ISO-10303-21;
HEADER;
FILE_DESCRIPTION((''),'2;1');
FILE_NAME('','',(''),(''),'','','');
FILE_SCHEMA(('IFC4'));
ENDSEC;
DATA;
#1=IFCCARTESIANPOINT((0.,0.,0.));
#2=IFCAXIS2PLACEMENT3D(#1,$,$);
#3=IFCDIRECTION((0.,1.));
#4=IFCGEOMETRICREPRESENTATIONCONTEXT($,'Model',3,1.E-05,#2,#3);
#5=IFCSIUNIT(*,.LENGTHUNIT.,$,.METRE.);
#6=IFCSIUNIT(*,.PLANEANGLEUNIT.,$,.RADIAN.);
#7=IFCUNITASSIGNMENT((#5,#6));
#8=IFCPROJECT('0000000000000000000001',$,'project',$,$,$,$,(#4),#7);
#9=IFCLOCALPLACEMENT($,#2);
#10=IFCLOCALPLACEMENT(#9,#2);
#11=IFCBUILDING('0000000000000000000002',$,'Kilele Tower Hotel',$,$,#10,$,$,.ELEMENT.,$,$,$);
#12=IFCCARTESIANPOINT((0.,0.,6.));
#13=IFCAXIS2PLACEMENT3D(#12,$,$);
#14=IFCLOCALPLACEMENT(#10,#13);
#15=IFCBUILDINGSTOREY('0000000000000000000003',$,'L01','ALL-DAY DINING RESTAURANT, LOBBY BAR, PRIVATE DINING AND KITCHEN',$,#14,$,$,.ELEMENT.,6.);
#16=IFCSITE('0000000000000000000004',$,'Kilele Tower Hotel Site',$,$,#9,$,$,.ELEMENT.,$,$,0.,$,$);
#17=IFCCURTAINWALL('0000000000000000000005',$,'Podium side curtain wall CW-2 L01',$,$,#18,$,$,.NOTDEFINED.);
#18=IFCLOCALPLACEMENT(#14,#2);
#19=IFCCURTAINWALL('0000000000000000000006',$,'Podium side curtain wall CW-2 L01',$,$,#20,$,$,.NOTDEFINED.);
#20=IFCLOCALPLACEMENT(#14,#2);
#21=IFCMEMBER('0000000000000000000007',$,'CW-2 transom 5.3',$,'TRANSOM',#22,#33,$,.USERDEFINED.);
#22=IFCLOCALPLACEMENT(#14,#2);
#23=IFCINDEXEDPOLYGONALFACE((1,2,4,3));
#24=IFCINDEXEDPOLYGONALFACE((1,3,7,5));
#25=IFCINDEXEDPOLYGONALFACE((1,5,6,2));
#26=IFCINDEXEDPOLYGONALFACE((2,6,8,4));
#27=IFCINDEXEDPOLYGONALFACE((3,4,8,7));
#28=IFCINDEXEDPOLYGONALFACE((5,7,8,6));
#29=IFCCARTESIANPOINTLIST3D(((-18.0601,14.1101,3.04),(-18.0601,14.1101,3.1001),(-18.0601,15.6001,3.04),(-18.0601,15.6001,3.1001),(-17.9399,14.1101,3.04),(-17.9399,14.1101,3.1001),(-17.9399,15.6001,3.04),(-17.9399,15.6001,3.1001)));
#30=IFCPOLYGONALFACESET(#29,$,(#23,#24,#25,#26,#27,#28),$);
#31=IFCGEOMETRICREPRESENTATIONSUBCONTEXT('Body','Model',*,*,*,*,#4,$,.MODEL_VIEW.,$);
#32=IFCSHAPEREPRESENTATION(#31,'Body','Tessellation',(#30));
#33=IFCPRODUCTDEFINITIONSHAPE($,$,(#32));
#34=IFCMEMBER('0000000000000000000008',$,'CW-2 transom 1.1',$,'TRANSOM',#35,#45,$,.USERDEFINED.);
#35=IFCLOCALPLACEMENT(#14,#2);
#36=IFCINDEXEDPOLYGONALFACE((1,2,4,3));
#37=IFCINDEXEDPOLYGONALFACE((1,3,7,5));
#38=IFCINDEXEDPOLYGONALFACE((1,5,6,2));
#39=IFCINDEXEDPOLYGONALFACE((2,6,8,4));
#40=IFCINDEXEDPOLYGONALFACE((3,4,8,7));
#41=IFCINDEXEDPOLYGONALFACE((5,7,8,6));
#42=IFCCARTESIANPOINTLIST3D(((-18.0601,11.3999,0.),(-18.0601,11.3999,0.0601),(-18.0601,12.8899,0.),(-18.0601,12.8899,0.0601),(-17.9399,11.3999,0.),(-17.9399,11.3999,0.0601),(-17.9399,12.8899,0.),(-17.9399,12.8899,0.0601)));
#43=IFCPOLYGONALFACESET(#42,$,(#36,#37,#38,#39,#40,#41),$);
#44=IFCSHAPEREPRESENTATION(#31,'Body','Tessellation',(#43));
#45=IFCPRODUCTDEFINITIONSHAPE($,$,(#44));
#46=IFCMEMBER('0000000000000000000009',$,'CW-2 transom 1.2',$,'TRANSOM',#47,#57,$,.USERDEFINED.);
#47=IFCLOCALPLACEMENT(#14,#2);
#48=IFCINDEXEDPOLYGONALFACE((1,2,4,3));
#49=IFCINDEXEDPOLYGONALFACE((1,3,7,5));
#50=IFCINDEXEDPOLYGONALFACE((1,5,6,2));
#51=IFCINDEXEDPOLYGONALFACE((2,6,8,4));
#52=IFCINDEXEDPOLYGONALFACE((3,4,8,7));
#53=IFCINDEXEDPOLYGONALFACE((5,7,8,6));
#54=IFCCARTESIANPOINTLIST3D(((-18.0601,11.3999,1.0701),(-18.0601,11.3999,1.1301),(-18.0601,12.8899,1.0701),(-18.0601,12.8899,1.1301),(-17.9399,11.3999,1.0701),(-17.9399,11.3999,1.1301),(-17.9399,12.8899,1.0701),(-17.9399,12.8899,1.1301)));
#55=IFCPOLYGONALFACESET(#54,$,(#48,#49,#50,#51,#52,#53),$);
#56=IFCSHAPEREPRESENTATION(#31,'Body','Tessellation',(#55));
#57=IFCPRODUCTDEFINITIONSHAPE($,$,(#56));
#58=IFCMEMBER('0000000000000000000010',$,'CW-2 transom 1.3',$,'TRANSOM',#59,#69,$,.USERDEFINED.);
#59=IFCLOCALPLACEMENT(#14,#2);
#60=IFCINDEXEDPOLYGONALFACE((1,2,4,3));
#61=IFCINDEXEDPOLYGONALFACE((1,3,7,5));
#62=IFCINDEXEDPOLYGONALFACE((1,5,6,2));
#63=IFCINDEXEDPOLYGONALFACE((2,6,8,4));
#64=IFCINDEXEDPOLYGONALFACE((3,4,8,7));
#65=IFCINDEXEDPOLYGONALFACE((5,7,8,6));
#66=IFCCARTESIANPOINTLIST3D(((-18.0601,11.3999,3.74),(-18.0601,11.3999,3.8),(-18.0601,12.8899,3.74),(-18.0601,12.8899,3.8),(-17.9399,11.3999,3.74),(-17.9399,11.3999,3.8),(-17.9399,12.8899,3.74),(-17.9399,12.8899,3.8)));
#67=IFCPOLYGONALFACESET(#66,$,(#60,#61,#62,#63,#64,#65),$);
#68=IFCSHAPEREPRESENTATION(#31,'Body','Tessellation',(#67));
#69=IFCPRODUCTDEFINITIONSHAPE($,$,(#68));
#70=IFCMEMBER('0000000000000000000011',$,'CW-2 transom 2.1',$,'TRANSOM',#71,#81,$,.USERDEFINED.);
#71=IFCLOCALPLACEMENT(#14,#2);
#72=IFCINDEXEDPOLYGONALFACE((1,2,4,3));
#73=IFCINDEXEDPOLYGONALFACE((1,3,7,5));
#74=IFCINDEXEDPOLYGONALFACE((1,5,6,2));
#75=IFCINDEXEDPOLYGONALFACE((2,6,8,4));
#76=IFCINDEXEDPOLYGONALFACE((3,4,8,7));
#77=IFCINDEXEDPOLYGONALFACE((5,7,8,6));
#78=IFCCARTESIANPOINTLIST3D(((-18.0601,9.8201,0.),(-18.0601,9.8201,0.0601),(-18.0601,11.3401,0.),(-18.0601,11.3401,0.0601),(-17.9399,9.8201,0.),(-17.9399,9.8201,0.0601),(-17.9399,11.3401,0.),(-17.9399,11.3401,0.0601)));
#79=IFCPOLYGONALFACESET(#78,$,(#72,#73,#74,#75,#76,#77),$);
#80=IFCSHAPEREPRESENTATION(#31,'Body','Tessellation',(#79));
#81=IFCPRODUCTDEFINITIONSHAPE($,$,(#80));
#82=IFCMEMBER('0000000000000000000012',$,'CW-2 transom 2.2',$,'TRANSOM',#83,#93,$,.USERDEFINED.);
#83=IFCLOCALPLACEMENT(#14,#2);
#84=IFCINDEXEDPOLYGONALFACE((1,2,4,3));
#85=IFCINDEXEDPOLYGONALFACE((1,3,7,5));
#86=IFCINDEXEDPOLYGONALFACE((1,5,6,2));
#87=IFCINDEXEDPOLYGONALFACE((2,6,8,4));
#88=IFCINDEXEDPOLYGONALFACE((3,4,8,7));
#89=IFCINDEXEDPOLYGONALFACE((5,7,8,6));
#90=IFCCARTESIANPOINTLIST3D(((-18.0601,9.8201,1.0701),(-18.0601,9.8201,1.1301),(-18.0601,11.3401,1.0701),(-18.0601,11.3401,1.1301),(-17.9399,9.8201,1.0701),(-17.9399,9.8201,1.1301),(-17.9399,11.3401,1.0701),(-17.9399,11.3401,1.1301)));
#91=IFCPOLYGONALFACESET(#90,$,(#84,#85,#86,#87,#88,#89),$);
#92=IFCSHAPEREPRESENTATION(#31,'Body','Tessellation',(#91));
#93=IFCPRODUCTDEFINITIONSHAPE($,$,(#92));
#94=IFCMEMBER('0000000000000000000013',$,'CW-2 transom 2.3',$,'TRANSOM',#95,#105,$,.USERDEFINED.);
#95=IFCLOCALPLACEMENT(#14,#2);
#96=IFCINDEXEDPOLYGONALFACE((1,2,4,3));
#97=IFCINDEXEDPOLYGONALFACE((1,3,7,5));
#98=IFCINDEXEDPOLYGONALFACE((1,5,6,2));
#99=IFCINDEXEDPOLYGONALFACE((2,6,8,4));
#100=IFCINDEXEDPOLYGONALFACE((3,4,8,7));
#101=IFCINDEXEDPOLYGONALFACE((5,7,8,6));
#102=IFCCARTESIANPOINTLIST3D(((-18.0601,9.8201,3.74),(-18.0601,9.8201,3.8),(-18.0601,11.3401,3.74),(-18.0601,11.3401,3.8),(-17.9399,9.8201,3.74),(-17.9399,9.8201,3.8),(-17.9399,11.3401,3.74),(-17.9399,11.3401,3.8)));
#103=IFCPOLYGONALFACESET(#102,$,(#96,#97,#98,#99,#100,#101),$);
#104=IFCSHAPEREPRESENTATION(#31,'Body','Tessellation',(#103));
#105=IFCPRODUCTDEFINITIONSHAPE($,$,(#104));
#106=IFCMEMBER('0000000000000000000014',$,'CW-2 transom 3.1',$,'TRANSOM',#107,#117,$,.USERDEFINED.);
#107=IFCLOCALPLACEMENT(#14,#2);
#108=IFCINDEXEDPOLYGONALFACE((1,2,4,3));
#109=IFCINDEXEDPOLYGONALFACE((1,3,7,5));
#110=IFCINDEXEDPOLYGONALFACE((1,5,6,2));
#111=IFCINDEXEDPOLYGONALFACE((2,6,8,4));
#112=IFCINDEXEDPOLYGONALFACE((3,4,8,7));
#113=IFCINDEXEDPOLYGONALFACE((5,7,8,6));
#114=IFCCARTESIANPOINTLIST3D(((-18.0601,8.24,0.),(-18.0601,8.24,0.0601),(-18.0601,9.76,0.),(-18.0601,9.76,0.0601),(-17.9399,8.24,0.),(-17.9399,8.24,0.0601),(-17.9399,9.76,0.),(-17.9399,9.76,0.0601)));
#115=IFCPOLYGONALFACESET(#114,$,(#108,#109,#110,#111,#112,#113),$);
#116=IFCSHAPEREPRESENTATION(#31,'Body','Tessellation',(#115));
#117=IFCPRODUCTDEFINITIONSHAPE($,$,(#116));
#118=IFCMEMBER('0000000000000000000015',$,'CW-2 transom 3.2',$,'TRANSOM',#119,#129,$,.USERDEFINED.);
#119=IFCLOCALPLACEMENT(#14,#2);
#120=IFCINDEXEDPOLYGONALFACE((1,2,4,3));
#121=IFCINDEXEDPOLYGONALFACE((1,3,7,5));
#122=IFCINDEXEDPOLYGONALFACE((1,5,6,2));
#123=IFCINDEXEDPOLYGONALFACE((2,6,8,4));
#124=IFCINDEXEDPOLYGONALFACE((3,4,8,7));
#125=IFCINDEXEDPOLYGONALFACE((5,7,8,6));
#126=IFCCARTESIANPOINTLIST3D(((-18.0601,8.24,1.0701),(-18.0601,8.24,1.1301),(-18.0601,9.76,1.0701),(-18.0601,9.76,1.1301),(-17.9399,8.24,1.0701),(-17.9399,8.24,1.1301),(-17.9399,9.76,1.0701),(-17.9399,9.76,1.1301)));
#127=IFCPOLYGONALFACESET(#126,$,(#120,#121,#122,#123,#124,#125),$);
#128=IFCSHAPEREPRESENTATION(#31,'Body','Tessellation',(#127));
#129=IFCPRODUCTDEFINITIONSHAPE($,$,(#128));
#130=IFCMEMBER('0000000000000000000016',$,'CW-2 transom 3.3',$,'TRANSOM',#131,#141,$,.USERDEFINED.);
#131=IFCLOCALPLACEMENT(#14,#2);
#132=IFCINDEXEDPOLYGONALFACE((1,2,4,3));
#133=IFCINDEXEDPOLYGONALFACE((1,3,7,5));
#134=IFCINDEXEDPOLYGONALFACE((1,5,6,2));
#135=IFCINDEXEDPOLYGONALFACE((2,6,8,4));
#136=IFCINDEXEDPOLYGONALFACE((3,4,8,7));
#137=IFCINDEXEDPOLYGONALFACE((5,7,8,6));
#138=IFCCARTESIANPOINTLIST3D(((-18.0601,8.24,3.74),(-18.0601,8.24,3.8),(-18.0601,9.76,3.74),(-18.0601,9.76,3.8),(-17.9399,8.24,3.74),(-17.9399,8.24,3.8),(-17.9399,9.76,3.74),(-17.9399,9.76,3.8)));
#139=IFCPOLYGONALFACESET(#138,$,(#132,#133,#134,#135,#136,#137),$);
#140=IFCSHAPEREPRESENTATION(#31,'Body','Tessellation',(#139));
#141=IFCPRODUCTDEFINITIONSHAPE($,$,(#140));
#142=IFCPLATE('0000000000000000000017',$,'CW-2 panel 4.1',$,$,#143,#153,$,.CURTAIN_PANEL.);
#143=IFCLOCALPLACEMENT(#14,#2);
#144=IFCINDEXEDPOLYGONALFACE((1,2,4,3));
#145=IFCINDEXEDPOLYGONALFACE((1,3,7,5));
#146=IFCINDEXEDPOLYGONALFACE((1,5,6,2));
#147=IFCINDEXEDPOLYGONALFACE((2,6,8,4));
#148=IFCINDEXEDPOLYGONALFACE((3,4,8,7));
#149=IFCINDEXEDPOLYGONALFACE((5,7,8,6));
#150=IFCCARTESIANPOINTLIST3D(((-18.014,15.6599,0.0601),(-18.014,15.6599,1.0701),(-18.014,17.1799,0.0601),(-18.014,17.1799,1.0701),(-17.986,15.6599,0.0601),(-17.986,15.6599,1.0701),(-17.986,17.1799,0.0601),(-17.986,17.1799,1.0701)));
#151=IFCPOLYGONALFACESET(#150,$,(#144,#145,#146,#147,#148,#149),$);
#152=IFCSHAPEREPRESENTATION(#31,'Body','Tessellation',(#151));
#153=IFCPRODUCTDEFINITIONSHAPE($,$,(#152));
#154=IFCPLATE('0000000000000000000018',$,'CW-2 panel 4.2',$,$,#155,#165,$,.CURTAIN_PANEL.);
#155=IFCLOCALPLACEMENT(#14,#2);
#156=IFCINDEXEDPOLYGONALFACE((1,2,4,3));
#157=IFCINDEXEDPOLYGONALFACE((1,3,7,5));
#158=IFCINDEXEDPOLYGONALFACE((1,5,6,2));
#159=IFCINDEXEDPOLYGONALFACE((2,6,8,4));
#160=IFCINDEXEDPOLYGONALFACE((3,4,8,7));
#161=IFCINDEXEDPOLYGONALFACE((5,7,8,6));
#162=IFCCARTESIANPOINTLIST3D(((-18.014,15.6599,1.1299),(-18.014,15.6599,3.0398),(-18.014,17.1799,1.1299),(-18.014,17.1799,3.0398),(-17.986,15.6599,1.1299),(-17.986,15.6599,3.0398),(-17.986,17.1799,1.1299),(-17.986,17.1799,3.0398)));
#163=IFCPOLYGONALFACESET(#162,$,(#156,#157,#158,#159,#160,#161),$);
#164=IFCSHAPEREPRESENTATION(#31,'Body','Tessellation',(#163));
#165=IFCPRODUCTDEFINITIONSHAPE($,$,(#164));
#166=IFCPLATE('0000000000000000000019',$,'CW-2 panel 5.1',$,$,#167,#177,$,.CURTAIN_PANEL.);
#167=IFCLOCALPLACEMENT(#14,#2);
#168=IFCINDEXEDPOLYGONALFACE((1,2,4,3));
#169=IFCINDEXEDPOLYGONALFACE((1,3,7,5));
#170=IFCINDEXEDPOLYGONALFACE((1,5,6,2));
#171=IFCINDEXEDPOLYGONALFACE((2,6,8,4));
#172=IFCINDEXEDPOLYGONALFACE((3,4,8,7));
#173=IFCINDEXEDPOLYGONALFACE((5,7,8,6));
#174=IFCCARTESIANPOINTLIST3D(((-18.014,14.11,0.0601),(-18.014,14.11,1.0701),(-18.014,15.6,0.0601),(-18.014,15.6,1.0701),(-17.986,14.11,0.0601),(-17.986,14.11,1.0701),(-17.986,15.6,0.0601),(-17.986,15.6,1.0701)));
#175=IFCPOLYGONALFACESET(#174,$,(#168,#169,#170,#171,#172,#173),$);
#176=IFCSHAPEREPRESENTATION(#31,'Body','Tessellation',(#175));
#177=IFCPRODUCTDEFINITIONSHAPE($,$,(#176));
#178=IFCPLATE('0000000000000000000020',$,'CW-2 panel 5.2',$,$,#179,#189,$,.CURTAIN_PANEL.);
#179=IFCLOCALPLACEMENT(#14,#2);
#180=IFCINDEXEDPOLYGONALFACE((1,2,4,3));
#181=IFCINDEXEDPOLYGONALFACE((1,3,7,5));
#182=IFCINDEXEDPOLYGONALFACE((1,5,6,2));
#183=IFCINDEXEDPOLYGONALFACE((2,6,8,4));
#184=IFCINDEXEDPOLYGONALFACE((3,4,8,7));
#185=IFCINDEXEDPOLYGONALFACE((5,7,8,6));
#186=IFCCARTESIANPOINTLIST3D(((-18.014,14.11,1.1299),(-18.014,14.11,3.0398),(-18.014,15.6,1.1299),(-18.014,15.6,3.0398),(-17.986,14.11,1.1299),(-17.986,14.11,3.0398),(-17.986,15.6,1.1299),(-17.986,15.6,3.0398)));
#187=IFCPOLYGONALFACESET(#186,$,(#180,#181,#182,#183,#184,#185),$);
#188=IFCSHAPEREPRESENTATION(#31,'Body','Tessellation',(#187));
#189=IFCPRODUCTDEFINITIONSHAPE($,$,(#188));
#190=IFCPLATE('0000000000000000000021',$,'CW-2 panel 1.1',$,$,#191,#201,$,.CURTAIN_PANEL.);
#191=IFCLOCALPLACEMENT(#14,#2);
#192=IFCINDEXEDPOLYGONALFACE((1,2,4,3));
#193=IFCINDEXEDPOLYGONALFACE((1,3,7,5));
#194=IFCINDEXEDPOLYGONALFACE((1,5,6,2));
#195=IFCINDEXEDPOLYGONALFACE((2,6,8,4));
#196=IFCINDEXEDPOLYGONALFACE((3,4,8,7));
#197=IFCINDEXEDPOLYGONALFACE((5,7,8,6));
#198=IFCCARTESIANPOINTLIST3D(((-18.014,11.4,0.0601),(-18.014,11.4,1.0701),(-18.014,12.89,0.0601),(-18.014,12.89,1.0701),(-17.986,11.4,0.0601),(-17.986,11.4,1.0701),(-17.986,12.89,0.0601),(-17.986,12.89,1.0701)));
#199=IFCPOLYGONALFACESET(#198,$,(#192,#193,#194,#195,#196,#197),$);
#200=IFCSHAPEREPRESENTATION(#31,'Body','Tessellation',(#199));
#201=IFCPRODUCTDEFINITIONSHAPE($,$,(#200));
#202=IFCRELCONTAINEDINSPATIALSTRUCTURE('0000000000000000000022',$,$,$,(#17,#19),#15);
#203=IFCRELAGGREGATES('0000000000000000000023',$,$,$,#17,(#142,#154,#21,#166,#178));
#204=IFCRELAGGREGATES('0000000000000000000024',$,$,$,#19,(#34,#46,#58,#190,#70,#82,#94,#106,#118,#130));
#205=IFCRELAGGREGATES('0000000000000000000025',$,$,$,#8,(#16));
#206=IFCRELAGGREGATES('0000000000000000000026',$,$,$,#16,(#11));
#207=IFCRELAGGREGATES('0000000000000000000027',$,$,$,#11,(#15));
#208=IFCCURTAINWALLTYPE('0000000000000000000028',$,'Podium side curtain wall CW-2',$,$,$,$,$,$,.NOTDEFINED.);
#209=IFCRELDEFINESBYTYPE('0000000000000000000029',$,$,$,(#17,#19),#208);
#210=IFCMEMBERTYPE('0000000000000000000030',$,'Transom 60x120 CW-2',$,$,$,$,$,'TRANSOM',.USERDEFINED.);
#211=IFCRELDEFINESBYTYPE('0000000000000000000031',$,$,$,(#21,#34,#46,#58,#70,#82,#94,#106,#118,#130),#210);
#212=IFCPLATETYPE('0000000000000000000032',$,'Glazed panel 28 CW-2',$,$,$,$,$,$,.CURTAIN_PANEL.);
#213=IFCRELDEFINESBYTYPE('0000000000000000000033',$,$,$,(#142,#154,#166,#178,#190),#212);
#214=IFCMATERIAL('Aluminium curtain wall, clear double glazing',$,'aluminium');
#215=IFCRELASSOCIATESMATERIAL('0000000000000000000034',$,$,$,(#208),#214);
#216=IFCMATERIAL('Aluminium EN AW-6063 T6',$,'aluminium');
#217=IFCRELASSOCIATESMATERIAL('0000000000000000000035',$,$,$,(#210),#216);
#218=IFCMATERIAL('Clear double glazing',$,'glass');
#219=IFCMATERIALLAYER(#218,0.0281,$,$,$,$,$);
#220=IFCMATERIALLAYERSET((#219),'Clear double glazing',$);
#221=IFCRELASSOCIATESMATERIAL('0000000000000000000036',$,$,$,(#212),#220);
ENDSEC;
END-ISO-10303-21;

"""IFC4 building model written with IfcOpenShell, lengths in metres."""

from ifc_helpers import new_model, si_unit, direction, frame, origin, origin_2d, place, context, subcontext, project, spatial, rectangle, extrude, material, layer, layer_set, material_profile, profile_set, type_object, element, aggregate, save


model = new_model("IFC4")

# Units and contexts
model_context = context("Model", 3, precision=1e-05, world=origin(), true_north=direction((0.0, 1.0)))
body_context = subcontext(model_context, "Body", "Model", "MODEL_VIEW")
ifc_project = project(units=[si_unit("LENGTHUNIT", "METRE"), si_unit("PLANEANGLEUNIT", "RADIAN")], contexts=[model_context])

# Site, building, storey
site_placement = place(None, origin())
site = spatial("IfcSite", under=ifc_project, at=site_placement, Name="Kilele Tower Hotel Site", CompositionType="ELEMENT", RefElevation=0.0)
building_placement = place(site_placement, origin())
building = spatial("IfcBuilding", under=site, at=building_placement, Name="Kilele Tower Hotel", CompositionType="ELEMENT")
storey_placement = place(building_placement, frame((0.0, 0.0, 6.0)))
storey = spatial("IfcBuildingStorey", under=building, at=storey_placement, Name="L01", Description="ALL-DAY DINING RESTAURANT, LOBBY BAR, PRIVATE DINING AND KITCHEN", CompositionType="ELEMENT", Elevation=6.0)

# Curtain walls
ifc_material_1 = material(Name="Aluminium curtain wall, clear double glazing", Category="aluminium")
curtain_wall_type = type_object("IfcCurtainWallType", Name="Podium side curtain wall CW-2", PredefinedType="NOTDEFINED", material=ifc_material_1)
curtain_wall_1_placement = place(storey_placement, origin())
curtain_wall_1 = element("IfcCurtainWall", 1, at=curtain_wall_1_placement, inside=storey, type_object=curtain_wall_type, Name="Podium side curtain wall CW-2 L01", PredefinedType="NOTDEFINED")
curtain_wall_2_placement = place(storey_placement, origin())
curtain_wall_2 = element("IfcCurtainWall", 2, at=curtain_wall_2_placement, inside=storey, type_object=curtain_wall_type, Name="Podium side curtain wall CW-2 L01", PredefinedType="NOTDEFINED")

# Members
ifc_material_2 = material(Name="Aluminium EN AW-6063 T6", Category="aluminium")
ifc_material_profile_1 = material_profile(ifc_material_2, rectangle(XDim=0.1201, YDim=0.0601, at=origin_2d()))
ifc_profile_set_1 = profile_set([ifc_material_profile_1], Name="Aluminium EN AW-6063 T6")
member_type_1 = type_object("IfcMemberType", Name="Transom 60x120 CW-2", ElementType="TRANSOM", PredefinedType="USERDEFINED", material=ifc_profile_set_1)
member_1_placement = place(storey_placement, frame((-18.0, 15.6001, 3.0701), z_axis=(0.0, -1.0, 0.0), x_axis=(1.0, 0.0, 0.0)))
member_1 = element("IfcMember", 3, at=member_1_placement, type_object=member_type_1, Name="CW-2 transom 5.3", ObjectType="TRANSOM", PredefinedType="USERDEFINED", context=body_context, shape_type="SweptSolid", body=[
    extrude(rectangle(XDim=0.1201, YDim=0.0601, at=origin_2d()), origin(), (0.0, 0.0, 1.0), 1.49),
])
member_2_placement = place(storey_placement, frame((-18.0, 12.8899, 0.03), z_axis=(0.0, -1.0, 0.0), x_axis=(1.0, 0.0, 0.0)))
member_2 = element("IfcMember", 4, at=member_2_placement, type_object=member_type_1, Name="CW-2 transom 1.1", ObjectType="TRANSOM", PredefinedType="USERDEFINED", context=body_context, shape_type="SweptSolid", body=[
    extrude(rectangle(XDim=0.1201, YDim=0.0601, at=origin_2d()), origin(), (0.0, 0.0, 1.0), 1.49),
])
member_3_placement = place(storey_placement, frame((-18.0, 12.8899, 1.1001), z_axis=(0.0, -1.0, 0.0), x_axis=(1.0, 0.0, 0.0)))
member_3 = element("IfcMember", 5, at=member_3_placement, type_object=member_type_1, Name="CW-2 transom 1.2", ObjectType="TRANSOM", PredefinedType="USERDEFINED", context=body_context, shape_type="SweptSolid", body=[
    extrude(rectangle(XDim=0.1201, YDim=0.0601, at=origin_2d()), origin(), (0.0, 0.0, 1.0), 1.49),
])
member_4_placement = place(storey_placement, frame((-18.0, 12.8899, 3.77), z_axis=(0.0, -1.0, 0.0), x_axis=(1.0, 0.0, 0.0)))
member_4 = element("IfcMember", 6, at=member_4_placement, type_object=member_type_1, Name="CW-2 transom 1.3", ObjectType="TRANSOM", PredefinedType="USERDEFINED", context=body_context, shape_type="SweptSolid", body=[
    extrude(rectangle(XDim=0.1201, YDim=0.0601, at=origin_2d()), origin(), (0.0, 0.0, 1.0), 1.49),
])
member_5_placement = place(storey_placement, frame((-18.0, 11.3401, 0.03), z_axis=(0.0, -1.0, 0.0), x_axis=(1.0, 0.0, 0.0)))
member_5 = element("IfcMember", 7, at=member_5_placement, type_object=member_type_1, Name="CW-2 transom 2.1", ObjectType="TRANSOM", PredefinedType="USERDEFINED", context=body_context, shape_type="SweptSolid", body=[
    extrude(rectangle(XDim=0.1201, YDim=0.0601, at=origin_2d()), origin(), (0.0, 0.0, 1.0), 1.52),
])
member_6_placement = place(storey_placement, frame((-18.0, 11.3401, 1.1001), z_axis=(0.0, -1.0, 0.0), x_axis=(1.0, 0.0, 0.0)))
member_6 = element("IfcMember", 8, at=member_6_placement, type_object=member_type_1, Name="CW-2 transom 2.2", ObjectType="TRANSOM", PredefinedType="USERDEFINED", context=body_context, shape_type="SweptSolid", body=[
    extrude(rectangle(XDim=0.1201, YDim=0.0601, at=origin_2d()), origin(), (0.0, 0.0, 1.0), 1.52),
])
member_7_placement = place(storey_placement, frame((-18.0, 11.3401, 3.77), z_axis=(0.0, -1.0, 0.0), x_axis=(1.0, 0.0, 0.0)))
member_7 = element("IfcMember", 9, at=member_7_placement, type_object=member_type_1, Name="CW-2 transom 2.3", ObjectType="TRANSOM", PredefinedType="USERDEFINED", context=body_context, shape_type="SweptSolid", body=[
    extrude(rectangle(XDim=0.1201, YDim=0.0601, at=origin_2d()), origin(), (0.0, 0.0, 1.0), 1.52),
])
member_8_placement = place(storey_placement, frame((-18.0, 9.76, 0.03), z_axis=(0.0, -1.0, 0.0), x_axis=(1.0, 0.0, 0.0)))
member_8 = element("IfcMember", 10, at=member_8_placement, type_object=member_type_1, Name="CW-2 transom 3.1", ObjectType="TRANSOM", PredefinedType="USERDEFINED", context=body_context, shape_type="SweptSolid", body=[
    extrude(rectangle(XDim=0.1201, YDim=0.0601, at=origin_2d()), origin(), (0.0, 0.0, 1.0), 1.52),
])
member_9_placement = place(storey_placement, frame((-18.0, 9.76, 1.1001), z_axis=(0.0, -1.0, 0.0), x_axis=(1.0, 0.0, 0.0)))
member_9 = element("IfcMember", 11, at=member_9_placement, type_object=member_type_1, Name="CW-2 transom 3.2", ObjectType="TRANSOM", PredefinedType="USERDEFINED", context=body_context, shape_type="SweptSolid", body=[
    extrude(rectangle(XDim=0.1201, YDim=0.0601, at=origin_2d()), origin(), (0.0, 0.0, 1.0), 1.52),
])
member_10_placement = place(storey_placement, frame((-18.0, 9.76, 3.77), z_axis=(0.0, -1.0, 0.0), x_axis=(1.0, 0.0, 0.0)))
member_10 = element("IfcMember", 12, at=member_10_placement, type_object=member_type_1, Name="CW-2 transom 3.3", ObjectType="TRANSOM", PredefinedType="USERDEFINED", context=body_context, shape_type="SweptSolid", body=[
    extrude(rectangle(XDim=0.1201, YDim=0.0601, at=origin_2d()), origin(), (0.0, 0.0, 1.0), 1.52),
])

# Plates
ifc_material_3 = material(Name="Clear double glazing", Category="glass")
ifc_layer_1 = layer(ifc_material_3, 0.0281)
ifc_layer_set_1 = layer_set([ifc_layer_1], Name="Clear double glazing")
plate_type = type_object("IfcPlateType", Name="Glazed panel 28 CW-2", PredefinedType="CURTAIN_PANEL", material=ifc_layer_set_1)
plate_1_placement = place(storey_placement, frame((-18.0, 16.4199, 0.0601), z_axis=(0.0, 0.0, 1.0), x_axis=(0.0, -1.0, 0.0)))
plate_1 = element("IfcPlate", 13, at=plate_1_placement, type_object=plate_type, Name="CW-2 panel 4.1", PredefinedType="CURTAIN_PANEL", context=body_context, shape_type="SweptSolid", body=[
    extrude(rectangle(XDim=1.52, YDim=0.0281, at=origin_2d()), origin(), (0.0, 0.0, 1.0), 1.01),
])
plate_2_placement = place(storey_placement, frame((-18.0, 16.4199, 1.1299), z_axis=(0.0, 0.0, 1.0), x_axis=(0.0, -1.0, 0.0)))
plate_2 = element("IfcPlate", 14, at=plate_2_placement, type_object=plate_type, Name="CW-2 panel 4.2", PredefinedType="CURTAIN_PANEL", context=body_context, shape_type="SweptSolid", body=[
    extrude(rectangle(XDim=1.52, YDim=0.0281, at=origin_2d()), origin(), (0.0, 0.0, 1.0), 1.9099),
])
plate_3_placement = place(storey_placement, frame((-18.0, 14.855, 0.0601), z_axis=(0.0, 0.0, 1.0), x_axis=(0.0, -1.0, 0.0)))
plate_3 = element("IfcPlate", 15, at=plate_3_placement, type_object=plate_type, Name="CW-2 panel 5.1", PredefinedType="CURTAIN_PANEL", context=body_context, shape_type="SweptSolid", body=[
    extrude(rectangle(XDim=1.49, YDim=0.0281, at=origin_2d()), origin(), (0.0, 0.0, 1.0), 1.01),
])
plate_4_placement = place(storey_placement, frame((-18.0, 14.855, 1.1299), z_axis=(0.0, 0.0, 1.0), x_axis=(0.0, -1.0, 0.0)))
plate_4 = element("IfcPlate", 16, at=plate_4_placement, type_object=plate_type, Name="CW-2 panel 5.2", PredefinedType="CURTAIN_PANEL", context=body_context, shape_type="SweptSolid", body=[
    extrude(rectangle(XDim=1.49, YDim=0.0281, at=origin_2d()), origin(), (0.0, 0.0, 1.0), 1.9099),
])
aggregate(curtain_wall_1, [plate_1, plate_2, member_1, plate_3, plate_4])
plate_5_placement = place(storey_placement, frame((-18.0, 12.145, 0.0601), z_axis=(0.0, 0.0, 1.0), x_axis=(0.0, -1.0, 0.0)))
plate_5 = element("IfcPlate", 17, at=plate_5_placement, type_object=plate_type, Name="CW-2 panel 1.1", PredefinedType="CURTAIN_PANEL", context=body_context, shape_type="SweptSolid", body=[
    extrude(rectangle(XDim=1.49, YDim=0.0281, at=origin_2d()), origin(), (0.0, 0.0, 1.0), 1.01),
])
aggregate(curtain_wall_2, [member_2, member_3, member_4, plate_5, member_5, member_6, member_7, member_8, member_9, member_10])

save(model, "model.ifc")
